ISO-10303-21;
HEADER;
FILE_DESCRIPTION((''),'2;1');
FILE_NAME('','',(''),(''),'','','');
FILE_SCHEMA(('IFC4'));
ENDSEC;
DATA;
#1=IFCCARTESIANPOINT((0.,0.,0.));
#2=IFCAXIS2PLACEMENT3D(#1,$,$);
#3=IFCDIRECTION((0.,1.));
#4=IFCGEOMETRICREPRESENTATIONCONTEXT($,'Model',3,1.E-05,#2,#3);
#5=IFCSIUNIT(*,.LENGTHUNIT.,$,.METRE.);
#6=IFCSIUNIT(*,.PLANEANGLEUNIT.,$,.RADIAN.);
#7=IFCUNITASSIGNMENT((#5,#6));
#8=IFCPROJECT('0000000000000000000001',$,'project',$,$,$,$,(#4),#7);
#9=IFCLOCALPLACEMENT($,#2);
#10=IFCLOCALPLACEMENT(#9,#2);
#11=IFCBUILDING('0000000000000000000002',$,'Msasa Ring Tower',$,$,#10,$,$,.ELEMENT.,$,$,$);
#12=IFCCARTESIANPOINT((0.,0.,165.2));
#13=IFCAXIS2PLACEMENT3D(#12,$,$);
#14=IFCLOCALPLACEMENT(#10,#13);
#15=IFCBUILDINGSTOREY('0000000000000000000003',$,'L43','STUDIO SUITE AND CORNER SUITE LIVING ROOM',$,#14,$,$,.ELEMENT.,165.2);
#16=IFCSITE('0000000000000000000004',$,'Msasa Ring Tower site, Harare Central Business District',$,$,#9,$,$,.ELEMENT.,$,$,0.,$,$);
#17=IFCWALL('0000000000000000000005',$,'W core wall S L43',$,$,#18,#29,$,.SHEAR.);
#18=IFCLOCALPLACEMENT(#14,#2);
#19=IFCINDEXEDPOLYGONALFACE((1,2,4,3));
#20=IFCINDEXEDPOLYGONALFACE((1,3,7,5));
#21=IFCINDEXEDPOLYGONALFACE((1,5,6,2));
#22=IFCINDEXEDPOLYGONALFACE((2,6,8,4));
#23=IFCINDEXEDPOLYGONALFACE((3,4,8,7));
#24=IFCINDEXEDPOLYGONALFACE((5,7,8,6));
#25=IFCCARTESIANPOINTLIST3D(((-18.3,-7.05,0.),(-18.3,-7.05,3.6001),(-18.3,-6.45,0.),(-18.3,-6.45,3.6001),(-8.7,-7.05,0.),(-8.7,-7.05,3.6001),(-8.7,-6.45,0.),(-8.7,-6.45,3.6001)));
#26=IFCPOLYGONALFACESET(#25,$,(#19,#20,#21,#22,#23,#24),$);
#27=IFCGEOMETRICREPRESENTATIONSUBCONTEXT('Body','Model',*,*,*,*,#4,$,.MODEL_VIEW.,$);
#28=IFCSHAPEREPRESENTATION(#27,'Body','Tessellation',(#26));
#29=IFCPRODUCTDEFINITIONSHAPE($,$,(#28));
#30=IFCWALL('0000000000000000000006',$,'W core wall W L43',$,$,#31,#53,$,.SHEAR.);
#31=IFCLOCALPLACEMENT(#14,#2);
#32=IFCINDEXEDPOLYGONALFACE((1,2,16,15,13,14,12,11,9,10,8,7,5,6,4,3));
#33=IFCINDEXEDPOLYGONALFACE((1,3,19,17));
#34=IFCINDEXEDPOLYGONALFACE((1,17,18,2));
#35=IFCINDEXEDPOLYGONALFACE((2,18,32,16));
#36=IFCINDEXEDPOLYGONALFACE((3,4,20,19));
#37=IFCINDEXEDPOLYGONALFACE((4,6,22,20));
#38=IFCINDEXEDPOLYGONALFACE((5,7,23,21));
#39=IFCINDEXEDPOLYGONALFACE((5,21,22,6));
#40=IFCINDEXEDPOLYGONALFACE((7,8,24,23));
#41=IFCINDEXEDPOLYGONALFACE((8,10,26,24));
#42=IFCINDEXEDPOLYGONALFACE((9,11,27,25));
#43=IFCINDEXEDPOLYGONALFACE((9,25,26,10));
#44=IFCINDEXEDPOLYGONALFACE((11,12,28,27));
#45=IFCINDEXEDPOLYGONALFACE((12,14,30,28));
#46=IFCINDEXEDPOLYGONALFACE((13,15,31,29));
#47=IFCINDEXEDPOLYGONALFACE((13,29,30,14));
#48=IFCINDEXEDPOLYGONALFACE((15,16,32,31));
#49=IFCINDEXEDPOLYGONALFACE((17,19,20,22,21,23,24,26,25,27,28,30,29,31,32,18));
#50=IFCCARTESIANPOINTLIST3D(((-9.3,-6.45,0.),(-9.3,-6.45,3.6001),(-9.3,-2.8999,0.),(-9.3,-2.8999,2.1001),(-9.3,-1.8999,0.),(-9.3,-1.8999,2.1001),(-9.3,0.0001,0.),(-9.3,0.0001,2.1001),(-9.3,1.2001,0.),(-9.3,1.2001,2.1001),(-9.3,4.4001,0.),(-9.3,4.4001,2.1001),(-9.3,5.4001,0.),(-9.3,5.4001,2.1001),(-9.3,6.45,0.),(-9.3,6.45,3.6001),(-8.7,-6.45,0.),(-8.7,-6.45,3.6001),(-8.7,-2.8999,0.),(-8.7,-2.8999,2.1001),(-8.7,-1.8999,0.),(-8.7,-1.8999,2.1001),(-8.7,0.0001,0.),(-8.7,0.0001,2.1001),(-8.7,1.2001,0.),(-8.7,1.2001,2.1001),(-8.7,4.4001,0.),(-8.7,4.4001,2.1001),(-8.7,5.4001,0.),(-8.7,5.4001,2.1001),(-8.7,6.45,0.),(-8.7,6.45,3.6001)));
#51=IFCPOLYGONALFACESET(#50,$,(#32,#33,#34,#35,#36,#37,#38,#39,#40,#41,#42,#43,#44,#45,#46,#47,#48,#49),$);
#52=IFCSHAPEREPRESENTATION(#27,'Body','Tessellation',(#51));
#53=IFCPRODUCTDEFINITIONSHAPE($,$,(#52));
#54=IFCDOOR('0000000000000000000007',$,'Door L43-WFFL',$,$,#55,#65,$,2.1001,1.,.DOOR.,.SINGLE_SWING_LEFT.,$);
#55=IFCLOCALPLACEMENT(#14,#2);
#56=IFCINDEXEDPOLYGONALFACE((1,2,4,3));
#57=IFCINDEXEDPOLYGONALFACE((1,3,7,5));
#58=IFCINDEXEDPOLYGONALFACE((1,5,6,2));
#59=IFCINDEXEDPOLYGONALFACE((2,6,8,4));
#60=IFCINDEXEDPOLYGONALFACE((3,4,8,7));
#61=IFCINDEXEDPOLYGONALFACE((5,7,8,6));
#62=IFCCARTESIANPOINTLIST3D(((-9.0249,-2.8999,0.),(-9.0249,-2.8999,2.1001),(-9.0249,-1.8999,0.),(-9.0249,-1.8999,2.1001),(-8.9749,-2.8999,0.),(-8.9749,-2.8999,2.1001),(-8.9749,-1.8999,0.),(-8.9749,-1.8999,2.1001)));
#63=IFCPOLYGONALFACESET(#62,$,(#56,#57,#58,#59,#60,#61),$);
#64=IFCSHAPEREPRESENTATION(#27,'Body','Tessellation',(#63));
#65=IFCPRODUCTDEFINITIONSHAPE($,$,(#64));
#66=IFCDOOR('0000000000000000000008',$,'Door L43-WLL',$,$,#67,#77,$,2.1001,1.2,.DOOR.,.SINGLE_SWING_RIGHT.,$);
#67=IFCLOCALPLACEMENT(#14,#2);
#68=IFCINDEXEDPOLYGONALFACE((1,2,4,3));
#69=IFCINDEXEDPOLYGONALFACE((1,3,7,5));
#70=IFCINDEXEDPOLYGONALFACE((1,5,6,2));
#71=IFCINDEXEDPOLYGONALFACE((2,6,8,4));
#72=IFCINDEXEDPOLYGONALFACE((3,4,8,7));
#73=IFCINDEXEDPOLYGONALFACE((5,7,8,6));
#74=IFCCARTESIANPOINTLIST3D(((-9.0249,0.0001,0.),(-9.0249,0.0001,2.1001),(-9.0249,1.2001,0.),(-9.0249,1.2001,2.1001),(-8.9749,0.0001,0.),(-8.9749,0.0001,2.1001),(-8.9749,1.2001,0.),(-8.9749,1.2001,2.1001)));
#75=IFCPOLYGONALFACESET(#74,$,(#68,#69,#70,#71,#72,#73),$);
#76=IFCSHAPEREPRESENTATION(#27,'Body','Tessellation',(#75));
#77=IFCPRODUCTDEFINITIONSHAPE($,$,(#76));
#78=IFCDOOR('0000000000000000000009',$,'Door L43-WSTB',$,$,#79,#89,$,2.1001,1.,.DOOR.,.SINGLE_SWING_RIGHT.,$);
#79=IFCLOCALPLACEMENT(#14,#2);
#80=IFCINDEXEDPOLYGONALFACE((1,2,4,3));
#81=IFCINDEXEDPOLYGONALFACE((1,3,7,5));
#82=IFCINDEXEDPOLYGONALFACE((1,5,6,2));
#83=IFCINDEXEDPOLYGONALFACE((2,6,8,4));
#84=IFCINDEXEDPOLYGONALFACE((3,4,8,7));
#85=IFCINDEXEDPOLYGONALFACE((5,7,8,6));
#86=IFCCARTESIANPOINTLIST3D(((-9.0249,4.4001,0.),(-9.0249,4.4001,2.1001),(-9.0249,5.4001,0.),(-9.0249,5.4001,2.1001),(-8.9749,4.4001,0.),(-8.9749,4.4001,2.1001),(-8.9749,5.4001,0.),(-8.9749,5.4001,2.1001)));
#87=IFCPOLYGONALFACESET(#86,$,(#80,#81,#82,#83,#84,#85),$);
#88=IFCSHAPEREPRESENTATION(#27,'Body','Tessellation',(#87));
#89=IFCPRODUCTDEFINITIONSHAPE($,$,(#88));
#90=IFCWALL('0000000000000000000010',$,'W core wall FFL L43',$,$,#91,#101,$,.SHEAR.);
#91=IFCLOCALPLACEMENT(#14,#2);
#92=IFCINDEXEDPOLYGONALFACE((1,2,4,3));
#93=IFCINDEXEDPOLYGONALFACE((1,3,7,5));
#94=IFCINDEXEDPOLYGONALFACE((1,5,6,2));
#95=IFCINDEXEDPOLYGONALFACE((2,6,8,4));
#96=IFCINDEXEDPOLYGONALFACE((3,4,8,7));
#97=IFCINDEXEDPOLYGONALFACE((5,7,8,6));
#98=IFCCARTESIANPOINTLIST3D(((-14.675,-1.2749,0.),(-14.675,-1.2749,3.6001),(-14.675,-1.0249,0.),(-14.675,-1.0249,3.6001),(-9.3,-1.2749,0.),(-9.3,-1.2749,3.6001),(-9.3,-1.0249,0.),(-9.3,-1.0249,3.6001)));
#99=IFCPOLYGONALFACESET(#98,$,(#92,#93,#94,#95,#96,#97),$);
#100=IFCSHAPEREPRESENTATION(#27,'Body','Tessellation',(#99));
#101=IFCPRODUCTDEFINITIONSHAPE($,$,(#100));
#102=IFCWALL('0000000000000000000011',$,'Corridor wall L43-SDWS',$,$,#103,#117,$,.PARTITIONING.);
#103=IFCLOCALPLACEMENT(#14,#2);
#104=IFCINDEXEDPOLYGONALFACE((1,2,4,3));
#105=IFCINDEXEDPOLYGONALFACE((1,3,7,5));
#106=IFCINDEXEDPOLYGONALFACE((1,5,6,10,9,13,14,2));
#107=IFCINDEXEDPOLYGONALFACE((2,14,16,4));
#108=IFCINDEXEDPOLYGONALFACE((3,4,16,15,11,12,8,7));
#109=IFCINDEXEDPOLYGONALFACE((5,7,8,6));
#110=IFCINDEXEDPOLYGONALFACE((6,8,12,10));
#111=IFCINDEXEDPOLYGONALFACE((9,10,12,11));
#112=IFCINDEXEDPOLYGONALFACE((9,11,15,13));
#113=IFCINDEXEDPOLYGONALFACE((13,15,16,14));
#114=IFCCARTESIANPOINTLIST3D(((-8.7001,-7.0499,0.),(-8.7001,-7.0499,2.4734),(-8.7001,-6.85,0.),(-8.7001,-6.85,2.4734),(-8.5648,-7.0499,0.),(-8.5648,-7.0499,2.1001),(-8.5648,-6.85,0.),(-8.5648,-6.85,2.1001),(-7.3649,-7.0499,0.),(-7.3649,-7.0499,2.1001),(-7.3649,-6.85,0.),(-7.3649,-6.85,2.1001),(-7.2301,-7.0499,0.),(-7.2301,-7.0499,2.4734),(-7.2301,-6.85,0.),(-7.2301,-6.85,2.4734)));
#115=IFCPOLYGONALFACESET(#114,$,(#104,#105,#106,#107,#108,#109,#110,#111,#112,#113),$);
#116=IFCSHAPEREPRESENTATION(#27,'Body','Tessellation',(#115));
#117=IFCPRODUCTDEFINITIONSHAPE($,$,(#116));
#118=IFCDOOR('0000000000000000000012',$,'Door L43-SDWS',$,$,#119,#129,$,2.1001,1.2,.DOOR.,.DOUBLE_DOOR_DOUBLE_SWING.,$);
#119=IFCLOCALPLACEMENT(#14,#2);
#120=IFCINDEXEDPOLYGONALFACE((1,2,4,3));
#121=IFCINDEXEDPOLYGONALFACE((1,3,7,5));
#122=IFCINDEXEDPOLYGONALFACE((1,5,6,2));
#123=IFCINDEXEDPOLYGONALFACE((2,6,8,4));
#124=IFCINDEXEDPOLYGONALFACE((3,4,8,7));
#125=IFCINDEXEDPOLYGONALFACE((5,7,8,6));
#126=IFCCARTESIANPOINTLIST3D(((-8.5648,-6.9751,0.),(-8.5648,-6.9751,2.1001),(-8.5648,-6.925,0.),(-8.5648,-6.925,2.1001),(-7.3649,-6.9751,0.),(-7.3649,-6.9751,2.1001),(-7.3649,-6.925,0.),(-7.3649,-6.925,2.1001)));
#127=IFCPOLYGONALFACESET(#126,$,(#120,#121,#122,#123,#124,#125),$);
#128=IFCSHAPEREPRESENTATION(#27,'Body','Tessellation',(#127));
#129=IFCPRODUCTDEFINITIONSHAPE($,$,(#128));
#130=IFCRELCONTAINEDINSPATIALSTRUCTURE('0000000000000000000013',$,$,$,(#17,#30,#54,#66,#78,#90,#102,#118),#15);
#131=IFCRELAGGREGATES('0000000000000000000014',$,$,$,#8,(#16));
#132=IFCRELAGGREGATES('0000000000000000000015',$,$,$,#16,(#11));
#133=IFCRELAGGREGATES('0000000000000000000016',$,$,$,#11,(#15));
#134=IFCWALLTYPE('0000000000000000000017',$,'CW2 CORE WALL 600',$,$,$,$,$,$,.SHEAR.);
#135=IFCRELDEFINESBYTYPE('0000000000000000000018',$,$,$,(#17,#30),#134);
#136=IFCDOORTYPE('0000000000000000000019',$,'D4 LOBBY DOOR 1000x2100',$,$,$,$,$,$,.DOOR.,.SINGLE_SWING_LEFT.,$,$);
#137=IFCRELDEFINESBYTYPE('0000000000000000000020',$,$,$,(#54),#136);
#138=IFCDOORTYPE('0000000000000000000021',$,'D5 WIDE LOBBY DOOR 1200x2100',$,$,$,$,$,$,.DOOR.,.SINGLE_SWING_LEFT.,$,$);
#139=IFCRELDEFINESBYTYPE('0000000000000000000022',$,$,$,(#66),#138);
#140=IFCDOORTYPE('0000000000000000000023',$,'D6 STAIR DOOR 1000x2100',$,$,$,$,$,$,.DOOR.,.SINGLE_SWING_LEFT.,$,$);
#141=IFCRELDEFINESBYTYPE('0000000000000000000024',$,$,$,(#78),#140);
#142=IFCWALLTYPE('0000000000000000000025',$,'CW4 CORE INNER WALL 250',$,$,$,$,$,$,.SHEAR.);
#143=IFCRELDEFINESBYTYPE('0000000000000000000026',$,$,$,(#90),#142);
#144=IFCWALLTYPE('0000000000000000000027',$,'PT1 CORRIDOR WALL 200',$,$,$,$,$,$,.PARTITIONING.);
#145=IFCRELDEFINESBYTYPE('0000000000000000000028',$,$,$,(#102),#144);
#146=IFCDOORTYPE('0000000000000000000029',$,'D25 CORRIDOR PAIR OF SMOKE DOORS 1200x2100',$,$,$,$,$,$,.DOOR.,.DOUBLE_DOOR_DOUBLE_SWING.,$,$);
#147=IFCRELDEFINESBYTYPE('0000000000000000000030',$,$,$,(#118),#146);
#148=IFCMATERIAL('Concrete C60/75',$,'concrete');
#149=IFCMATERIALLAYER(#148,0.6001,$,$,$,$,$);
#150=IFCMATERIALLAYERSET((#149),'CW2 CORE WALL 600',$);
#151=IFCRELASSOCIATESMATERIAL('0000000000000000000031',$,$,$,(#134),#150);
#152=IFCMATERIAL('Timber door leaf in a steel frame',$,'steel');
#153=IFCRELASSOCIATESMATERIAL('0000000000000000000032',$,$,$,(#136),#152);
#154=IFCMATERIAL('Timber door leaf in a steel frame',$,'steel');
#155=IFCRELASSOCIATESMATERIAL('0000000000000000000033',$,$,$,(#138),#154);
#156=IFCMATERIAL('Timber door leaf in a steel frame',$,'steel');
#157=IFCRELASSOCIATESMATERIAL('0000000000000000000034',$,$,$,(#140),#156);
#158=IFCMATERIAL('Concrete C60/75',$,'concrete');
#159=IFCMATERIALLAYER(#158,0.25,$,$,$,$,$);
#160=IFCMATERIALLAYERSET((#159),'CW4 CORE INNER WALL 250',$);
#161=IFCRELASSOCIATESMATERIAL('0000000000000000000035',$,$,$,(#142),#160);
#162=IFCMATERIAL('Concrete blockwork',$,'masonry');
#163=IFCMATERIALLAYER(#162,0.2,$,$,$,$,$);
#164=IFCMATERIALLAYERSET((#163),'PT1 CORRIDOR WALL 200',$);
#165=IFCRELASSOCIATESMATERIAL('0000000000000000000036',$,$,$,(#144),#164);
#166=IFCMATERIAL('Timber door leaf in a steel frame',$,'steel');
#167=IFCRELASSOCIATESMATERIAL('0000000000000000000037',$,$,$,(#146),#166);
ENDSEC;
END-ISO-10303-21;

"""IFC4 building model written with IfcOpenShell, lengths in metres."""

from ifc_helpers import new_model, si_unit, direction, frame, frame_2d, origin, place, context, subcontext, project, spatial, rectangle, extrude, material, layer, layer_set, type_object, element, fill, save


model = new_model("IFC4")

# Units and contexts
model_context = context("Model", 3, precision=1e-05, world=origin(), true_north=direction((0.0, 1.0)))
body_context = subcontext(model_context, "Body", "Model", "MODEL_VIEW")
ifc_project = project(units=[si_unit("LENGTHUNIT", "METRE"), si_unit("PLANEANGLEUNIT", "RADIAN")], contexts=[model_context])

# Site, building, storey
site_placement = place(None, origin())
site = spatial("IfcSite", under=ifc_project, at=site_placement, Name="Msasa Ring Tower site, Harare Central Business District", CompositionType="ELEMENT", RefElevation=0.0)
building_placement = place(site_placement, origin())
building = spatial("IfcBuilding", under=site, at=building_placement, Name="Msasa Ring Tower", CompositionType="ELEMENT")
storey_placement = place(building_placement, frame((0.0, 0.0, 165.2)))
storey = spatial("IfcBuildingStorey", under=building, at=storey_placement, Name="L43", Description="STUDIO SUITE AND CORNER SUITE LIVING ROOM", CompositionType="ELEMENT", Elevation=165.2)

# Wall
ifc_material_1 = material(Name="Concrete C60/75", Category="concrete")
ifc_layer_1 = layer(ifc_material_1, 0.6001)
ifc_layer_set_1 = layer_set([ifc_layer_1], Name="CW2 CORE WALL 600")
wall_type_1 = type_object("IfcWallType", Name="CW2 CORE WALL 600", PredefinedType="SHEAR", material=ifc_layer_set_1)
wall_1_placement = place(storey_placement, frame((-8.7, -6.75, 0.0), z_axis=(0.0, 0.0, 1.0), x_axis=(-1.0, 0.0, 0.0)))
element("IfcWall", 1, at=wall_1_placement, inside=storey, type_object=wall_type_1, Name="W core wall S L43", PredefinedType="SHEAR", context=body_context, shape_type="SweptSolid", body=[
    extrude(rectangle(XDim=9.6001, YDim=0.6001, at=frame_2d((4.8, 0.0))), origin(), (0.0, 0.0, 1.0), 3.6001),
])

# Wall, openings, doors
wall_2_placement = place(storey_placement, frame((-9.0, -6.45, 0.0), z_axis=(0.0, 0.0, 1.0), x_axis=(0.0, 1.0, 0.0)))
wall_2 = element("IfcWall", 2, at=wall_2_placement, inside=storey, type_object=wall_type_1, Name="W core wall W L43", PredefinedType="SHEAR", context=body_context, shape_type="SweptSolid", body=[
    extrude(rectangle(XDim=12.8999, YDim=0.6001, at=frame_2d((6.45, 0.0))), origin(), (0.0, 0.0, 1.0), 3.6001),
])
opening_1_placement = place(wall_2_placement, frame((3.55, 0.0, 0.0)))
opening_1 = element("IfcOpeningElement", 3, at=opening_1_placement, cuts=wall_2, PredefinedType="OPENING", context=body_context, shape_type="SweptSolid", body=[
    extrude(rectangle(XDim=1.0, YDim=2.1001, at=frame_2d((0.5, 1.05))), frame((0.0, 0.3101, 0.0), z_axis=(0.0, -1.0, 0.0), x_axis=(1.0, 0.0, 0.0)), (0.0, 0.0, 1.0), 0.6201),
])
opening_2_placement = place(wall_2_placement, frame((6.45, 0.0, 0.0)))
opening_2 = element("IfcOpeningElement", 4, at=opening_2_placement, cuts=wall_2, PredefinedType="OPENING", context=body_context, shape_type="SweptSolid", body=[
    extrude(rectangle(XDim=1.2, YDim=2.1001, at=frame_2d((0.6001, 1.05))), frame((0.0, 0.3101, 0.0), z_axis=(0.0, -1.0, 0.0), x_axis=(1.0, 0.0, 0.0)), (0.0, 0.0, 1.0), 0.6201),
])
opening_3_placement = place(wall_2_placement, frame((10.8501, 0.0, 0.0)))
opening_3 = element("IfcOpeningElement", 5, at=opening_3_placement, cuts=wall_2, PredefinedType="OPENING", context=body_context, shape_type="SweptSolid", body=[
    extrude(rectangle(XDim=1.0, YDim=2.1001, at=frame_2d((0.5, 1.05))), frame((0.0, 0.3101, 0.0), z_axis=(0.0, -1.0, 0.0), x_axis=(1.0, 0.0, 0.0)), (0.0, 0.0, 1.0), 0.6201),
])
ifc_material_2 = material(Name="Timber door leaf in a steel frame", Category="steel")
door_type_1 = type_object("IfcDoorType", Name="D4 LOBBY DOOR 1000x2100", OperationType="SINGLE_SWING_LEFT", PredefinedType="DOOR", material=ifc_material_2)
door_1_placement = place(opening_1_placement, origin())
door_1 = element("IfcDoor", 6, at=door_1_placement, inside=storey, type_object=door_type_1, Name="Door L43-WFFL", OperationType="SINGLE_SWING_LEFT", OverallHeight=2.1001, OverallWidth=1.0, PredefinedType="DOOR", context=body_context, shape_type="SweptSolid", body=[
    extrude(rectangle(XDim=1.0, YDim=2.1001, at=frame_2d((0.5, 1.05))), frame((0.0, 0.0249, 0.0), z_axis=(0.0, -1.0, 0.0), x_axis=(1.0, 0.0, 0.0)), (0.0, 0.0, 1.0), 0.05),
])
fill(opening_1, door_1)
ifc_material_3 = material(Name="Timber door leaf in a steel frame", Category="steel")
door_type_2 = type_object("IfcDoorType", Name="D5 WIDE LOBBY DOOR 1200x2100", OperationType="SINGLE_SWING_LEFT", PredefinedType="DOOR", material=ifc_material_3)
door_2_placement = place(opening_2_placement, origin())
door_2 = element("IfcDoor", 7, at=door_2_placement, inside=storey, type_object=door_type_2, Name="Door L43-WLL", OperationType="SINGLE_SWING_RIGHT", OverallHeight=2.1001, OverallWidth=1.2, PredefinedType="DOOR", context=body_context, shape_type="SweptSolid", body=[
    extrude(rectangle(XDim=1.2, YDim=2.1001, at=frame_2d((0.6001, 1.05))), frame((0.0, 0.0249, 0.0), z_axis=(0.0, -1.0, 0.0), x_axis=(1.0, 0.0, 0.0)), (0.0, 0.0, 1.0), 0.05),
])
fill(opening_2, door_2)
ifc_material_4 = material(Name="Timber door leaf in a steel frame", Category="steel")
door_type_3 = type_object("IfcDoorType", Name="D6 STAIR DOOR 1000x2100", OperationType="SINGLE_SWING_LEFT", PredefinedType="DOOR", material=ifc_material_4)
door_3_placement = place(opening_3_placement, origin())
door_3 = element("IfcDoor", 8, at=door_3_placement, inside=storey, type_object=door_type_3, Name="Door L43-WSTB", OperationType="SINGLE_SWING_RIGHT", OverallHeight=2.1001, OverallWidth=1.0, PredefinedType="DOOR", context=body_context, shape_type="SweptSolid", body=[
    extrude(rectangle(XDim=1.0, YDim=2.1001, at=frame_2d((0.5, 1.05))), frame((0.0, 0.0249, 0.0), z_axis=(0.0, -1.0, 0.0), x_axis=(1.0, 0.0, 0.0)), (0.0, 0.0, 1.0), 0.05),
])
fill(opening_3, door_3)

# Wall
ifc_material_5 = material(Name="Concrete C60/75", Category="concrete")
ifc_layer_2 = layer(ifc_material_5, 0.25)
ifc_layer_set_2 = layer_set([ifc_layer_2], Name="CW4 CORE INNER WALL 250")
wall_type_2 = type_object("IfcWallType", Name="CW4 CORE INNER WALL 250", PredefinedType="SHEAR", material=ifc_layer_set_2)
wall_3_placement = place(storey_placement, frame((-9.3, -1.1499, 0.0), z_axis=(0.0, 0.0, 1.0), x_axis=(-1.0, 0.0, 0.0)))
element("IfcWall", 9, at=wall_3_placement, inside=storey, type_object=wall_type_2, Name="W core wall FFL L43", PredefinedType="SHEAR", context=body_context, shape_type="SweptSolid", body=[
    extrude(rectangle(XDim=5.375, YDim=0.25, at=frame_2d((2.6875, 0.0))), origin(), (0.0, 0.0, 1.0), 3.6001),
])

# Wall, opening, door
ifc_material_6 = material(Name="Concrete blockwork", Category="masonry")
ifc_layer_3 = layer(ifc_material_6, 0.2)
ifc_layer_set_3 = layer_set([ifc_layer_3], Name="PT1 CORRIDOR WALL 200")
wall_type_3 = type_object("IfcWallType", Name="PT1 CORRIDOR WALL 200", PredefinedType="PARTITIONING", material=ifc_layer_set_3)
wall_4_placement = place(storey_placement, frame((-8.7, -6.95, 0.0), z_axis=(0.0, 0.0, 1.0), x_axis=(1.0, 0.0, 0.0)))
wall_4 = element("IfcWall", 10, at=wall_4_placement, inside=storey, type_object=wall_type_3, Name="Corridor wall L43-SDWS", PredefinedType="PARTITIONING", context=body_context, shape_type="SweptSolid", body=[
    extrude(rectangle(XDim=1.47, YDim=0.2, at=frame_2d((0.7349, 0.0))), origin(), (0.0, 0.0, 1.0), 2.4734),
])
opening_4_placement = place(wall_4_placement, frame((0.135, 0.0, 0.0)))
opening_4 = element("IfcOpeningElement", 11, at=opening_4_placement, cuts=wall_4, PredefinedType="OPENING", context=body_context, shape_type="SweptSolid", body=[
    extrude(rectangle(XDim=1.2, YDim=2.1001, at=frame_2d((0.6001, 1.05))), frame((0.0, 0.1099, 0.0), z_axis=(0.0, -1.0, 0.0), x_axis=(1.0, 0.0, 0.0)), (0.0, 0.0, 1.0), 0.22),
])
ifc_material_7 = material(Name="Timber door leaf in a steel frame", Category="steel")
door_type_4 = type_object("IfcDoorType", Name="D25 CORRIDOR PAIR OF SMOKE DOORS 1200x2100", OperationType="DOUBLE_DOOR_DOUBLE_SWING", PredefinedType="DOOR", material=ifc_material_7)
door_4_placement = place(opening_4_placement, origin())
door_4 = element("IfcDoor", 12, at=door_4_placement, inside=storey, type_object=door_type_4, Name="Door L43-SDWS", OperationType="DOUBLE_DOOR_DOUBLE_SWING", OverallHeight=2.1001, OverallWidth=1.2, PredefinedType="DOOR", context=body_context, shape_type="SweptSolid", body=[
    extrude(rectangle(XDim=1.2, YDim=2.1001, at=frame_2d((0.6001, 1.05))), frame((0.0, 0.0249, 0.0), z_axis=(0.0, -1.0, 0.0), x_axis=(1.0, 0.0, 0.0)), (0.0, 0.0, 1.0), 0.05),
])
fill(opening_4, door_4)

save(model, "model.ifc")
